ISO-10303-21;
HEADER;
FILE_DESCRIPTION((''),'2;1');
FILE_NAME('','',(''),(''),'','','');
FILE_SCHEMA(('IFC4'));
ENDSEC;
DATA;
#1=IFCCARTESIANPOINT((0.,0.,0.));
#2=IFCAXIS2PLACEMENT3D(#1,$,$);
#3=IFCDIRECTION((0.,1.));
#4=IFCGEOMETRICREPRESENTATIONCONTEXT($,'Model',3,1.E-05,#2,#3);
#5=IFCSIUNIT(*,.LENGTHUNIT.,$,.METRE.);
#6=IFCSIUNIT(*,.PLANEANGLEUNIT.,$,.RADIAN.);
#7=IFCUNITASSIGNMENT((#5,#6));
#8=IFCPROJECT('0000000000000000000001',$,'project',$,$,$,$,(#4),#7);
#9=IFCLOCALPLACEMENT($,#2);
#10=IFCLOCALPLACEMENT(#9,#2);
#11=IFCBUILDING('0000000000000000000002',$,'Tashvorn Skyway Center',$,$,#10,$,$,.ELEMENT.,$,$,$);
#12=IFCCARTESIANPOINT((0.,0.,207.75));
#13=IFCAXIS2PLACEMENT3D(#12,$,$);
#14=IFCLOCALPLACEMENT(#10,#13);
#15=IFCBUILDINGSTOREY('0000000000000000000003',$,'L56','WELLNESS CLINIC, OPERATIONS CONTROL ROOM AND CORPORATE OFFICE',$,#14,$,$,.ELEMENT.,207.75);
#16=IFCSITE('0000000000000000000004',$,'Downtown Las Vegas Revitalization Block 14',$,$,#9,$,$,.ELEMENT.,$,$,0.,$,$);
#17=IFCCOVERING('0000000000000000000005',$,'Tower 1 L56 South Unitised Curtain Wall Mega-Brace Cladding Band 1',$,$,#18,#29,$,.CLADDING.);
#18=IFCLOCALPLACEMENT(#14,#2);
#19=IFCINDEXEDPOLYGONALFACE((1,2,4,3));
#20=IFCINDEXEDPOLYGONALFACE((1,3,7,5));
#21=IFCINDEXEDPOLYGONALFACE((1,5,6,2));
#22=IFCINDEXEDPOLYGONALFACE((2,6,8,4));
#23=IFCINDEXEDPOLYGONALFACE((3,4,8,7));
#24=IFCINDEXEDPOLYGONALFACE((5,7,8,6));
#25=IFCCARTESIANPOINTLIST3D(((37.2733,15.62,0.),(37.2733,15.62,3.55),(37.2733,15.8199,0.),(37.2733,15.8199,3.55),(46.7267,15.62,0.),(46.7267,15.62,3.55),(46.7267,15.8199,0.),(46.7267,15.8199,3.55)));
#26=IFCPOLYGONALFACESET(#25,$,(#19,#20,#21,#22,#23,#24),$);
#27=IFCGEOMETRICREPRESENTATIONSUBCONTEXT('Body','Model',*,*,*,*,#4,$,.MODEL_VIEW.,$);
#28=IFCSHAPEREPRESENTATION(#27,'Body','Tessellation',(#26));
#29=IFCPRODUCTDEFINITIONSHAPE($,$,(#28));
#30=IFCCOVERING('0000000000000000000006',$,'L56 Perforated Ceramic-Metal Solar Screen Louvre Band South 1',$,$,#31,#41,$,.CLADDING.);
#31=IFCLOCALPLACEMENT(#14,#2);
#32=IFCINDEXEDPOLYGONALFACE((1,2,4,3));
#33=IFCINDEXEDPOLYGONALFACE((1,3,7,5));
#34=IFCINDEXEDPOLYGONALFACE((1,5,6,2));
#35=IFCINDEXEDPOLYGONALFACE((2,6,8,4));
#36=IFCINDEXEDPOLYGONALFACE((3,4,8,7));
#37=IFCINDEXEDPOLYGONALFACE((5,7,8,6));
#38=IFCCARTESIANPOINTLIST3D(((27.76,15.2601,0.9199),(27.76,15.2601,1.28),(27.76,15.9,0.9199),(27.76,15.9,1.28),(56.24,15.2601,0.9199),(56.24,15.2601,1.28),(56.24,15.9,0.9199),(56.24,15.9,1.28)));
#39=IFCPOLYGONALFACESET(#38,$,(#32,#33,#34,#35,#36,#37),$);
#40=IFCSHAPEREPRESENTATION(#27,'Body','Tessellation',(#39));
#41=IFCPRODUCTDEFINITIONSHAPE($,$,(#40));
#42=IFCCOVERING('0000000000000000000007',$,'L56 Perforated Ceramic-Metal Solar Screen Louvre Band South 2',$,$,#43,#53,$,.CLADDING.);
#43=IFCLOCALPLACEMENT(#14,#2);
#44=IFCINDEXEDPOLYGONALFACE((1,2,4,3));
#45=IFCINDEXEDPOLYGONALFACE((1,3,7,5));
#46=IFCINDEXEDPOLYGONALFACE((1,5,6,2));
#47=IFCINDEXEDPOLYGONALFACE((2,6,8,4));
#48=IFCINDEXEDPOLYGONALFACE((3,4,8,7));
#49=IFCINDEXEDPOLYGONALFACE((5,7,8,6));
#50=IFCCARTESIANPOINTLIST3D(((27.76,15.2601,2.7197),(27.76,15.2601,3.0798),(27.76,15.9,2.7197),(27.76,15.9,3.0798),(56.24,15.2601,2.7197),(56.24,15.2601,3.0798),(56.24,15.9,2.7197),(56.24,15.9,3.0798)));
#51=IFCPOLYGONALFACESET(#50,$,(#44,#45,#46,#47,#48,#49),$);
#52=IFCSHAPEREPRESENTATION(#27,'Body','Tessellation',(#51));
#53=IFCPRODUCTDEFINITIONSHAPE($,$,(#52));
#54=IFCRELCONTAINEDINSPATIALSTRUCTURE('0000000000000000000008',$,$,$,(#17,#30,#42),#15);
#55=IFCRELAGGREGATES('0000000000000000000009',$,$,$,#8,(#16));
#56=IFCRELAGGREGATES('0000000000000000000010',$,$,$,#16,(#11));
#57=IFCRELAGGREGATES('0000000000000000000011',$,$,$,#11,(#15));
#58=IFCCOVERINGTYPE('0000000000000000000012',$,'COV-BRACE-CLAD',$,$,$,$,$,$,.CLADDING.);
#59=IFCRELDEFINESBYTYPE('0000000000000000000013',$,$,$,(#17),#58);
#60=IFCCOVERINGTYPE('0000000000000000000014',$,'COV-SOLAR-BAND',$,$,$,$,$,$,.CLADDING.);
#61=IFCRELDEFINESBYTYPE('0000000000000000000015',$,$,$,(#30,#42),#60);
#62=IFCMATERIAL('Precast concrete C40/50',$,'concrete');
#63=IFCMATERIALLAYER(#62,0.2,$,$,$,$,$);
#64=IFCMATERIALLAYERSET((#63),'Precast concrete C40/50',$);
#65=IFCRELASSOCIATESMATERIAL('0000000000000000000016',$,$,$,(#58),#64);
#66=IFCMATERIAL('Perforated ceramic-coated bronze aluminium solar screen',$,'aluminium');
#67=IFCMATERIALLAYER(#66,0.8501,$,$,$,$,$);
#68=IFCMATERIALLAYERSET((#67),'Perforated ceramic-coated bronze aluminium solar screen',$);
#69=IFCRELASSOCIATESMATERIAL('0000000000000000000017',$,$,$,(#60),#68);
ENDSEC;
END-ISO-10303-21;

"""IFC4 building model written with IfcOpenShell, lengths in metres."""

from ifc_helpers import new_model, si_unit, direction, frame, origin, origin_2d, place, context, subcontext, project, spatial, rectangle, extrude, material, layer, layer_set, type_object, element, save


model = new_model("IFC4")

# Units and contexts
model_context = context("Model", 3, precision=1e-05, world=origin(), true_north=direction((0.0, 1.0)))
body_context = subcontext(model_context, "Body", "Model", "MODEL_VIEW")
ifc_project = project(units=[si_unit("LENGTHUNIT", "METRE"), si_unit("PLANEANGLEUNIT", "RADIAN")], contexts=[model_context])

# Site, building, storey
site_placement = place(None, origin())
site = spatial("IfcSite", under=ifc_project, at=site_placement, Name="Downtown Las Vegas Revitalization Block 14", CompositionType="ELEMENT", RefElevation=0.0)
building_placement = place(site_placement, origin())
building = spatial("IfcBuilding", under=site, at=building_placement, Name="Tashvorn Skyway Center", CompositionType="ELEMENT")
storey_placement = place(building_placement, frame((0.0, 0.0, 207.75)))
storey = spatial("IfcBuildingStorey", under=building, at=storey_placement, Name="L56", Description="WELLNESS CLINIC, OPERATIONS CONTROL ROOM AND CORPORATE OFFICE", CompositionType="ELEMENT", Elevation=207.75)

# Coverings
ifc_material_1 = material(Name="Precast concrete C40/50", Category="concrete")
ifc_layer_1 = layer(ifc_material_1, 0.2)
ifc_layer_set_1 = layer_set([ifc_layer_1], Name="Precast concrete C40/50")
covering_type_1 = type_object("IfcCoveringType", Name="COV-BRACE-CLAD", PredefinedType="CLADDING", material=ifc_layer_set_1)
covering_placement = place(storey_placement, frame((42.0, 15.72, 0.0), z_axis=(0.0, 0.0, 1.0), x_axis=(-1.0, 0.0, 0.0)))
element("IfcCovering", 1, at=covering_placement, inside=storey, type_object=covering_type_1, Name="Tower 1 L56 South Unitised Curtain Wall Mega-Brace Cladding Band 1", PredefinedType="CLADDING", context=body_context, shape_type="SweptSolid", body=[
    extrude(rectangle(XDim=9.4534, YDim=0.2, at=origin_2d()), origin(), (0.0, 0.0, 1.0), 3.55),
])
ifc_material_2 = material(Name="Perforated ceramic-coated bronze aluminium solar screen", Category="aluminium")
ifc_layer_2 = layer(ifc_material_2, 0.8501)
ifc_layer_set_2 = layer_set([ifc_layer_2], Name="Perforated ceramic-coated bronze aluminium solar screen")
covering_type_2 = type_object("IfcCoveringType", Name="COV-SOLAR-BAND", PredefinedType="CLADDING", material=ifc_layer_set_2)
for number, where, z_axis, x_axis, name in (
    (2, (42.0, 15.5801, 0.9199), (0.0, 0.0, 1.0), (-1.0, 0.0, 0.0), "L56 Perforated Ceramic-Metal Solar Screen Louvre Band South 1"),
    (3, (42.0, 15.5801, 2.7197), (0.0, 0.0, 1.0), (-1.0, 0.0, 0.0), "L56 Perforated Ceramic-Metal Solar Screen Louvre Band South 2"),
):
    element("IfcCovering", number, at=place(storey_placement, frame(where, z_axis=z_axis, x_axis=x_axis)), inside=storey, type_object=covering_type_2, Name=name, PredefinedType="CLADDING", context=body_context, shape_type="SweptSolid", body=[
        extrude(rectangle(XDim=28.48, YDim=0.6399, at=origin_2d()), origin(), (0.0, 0.0, 1.0), 0.3601),
    ])

save(model, "model.ifc")
